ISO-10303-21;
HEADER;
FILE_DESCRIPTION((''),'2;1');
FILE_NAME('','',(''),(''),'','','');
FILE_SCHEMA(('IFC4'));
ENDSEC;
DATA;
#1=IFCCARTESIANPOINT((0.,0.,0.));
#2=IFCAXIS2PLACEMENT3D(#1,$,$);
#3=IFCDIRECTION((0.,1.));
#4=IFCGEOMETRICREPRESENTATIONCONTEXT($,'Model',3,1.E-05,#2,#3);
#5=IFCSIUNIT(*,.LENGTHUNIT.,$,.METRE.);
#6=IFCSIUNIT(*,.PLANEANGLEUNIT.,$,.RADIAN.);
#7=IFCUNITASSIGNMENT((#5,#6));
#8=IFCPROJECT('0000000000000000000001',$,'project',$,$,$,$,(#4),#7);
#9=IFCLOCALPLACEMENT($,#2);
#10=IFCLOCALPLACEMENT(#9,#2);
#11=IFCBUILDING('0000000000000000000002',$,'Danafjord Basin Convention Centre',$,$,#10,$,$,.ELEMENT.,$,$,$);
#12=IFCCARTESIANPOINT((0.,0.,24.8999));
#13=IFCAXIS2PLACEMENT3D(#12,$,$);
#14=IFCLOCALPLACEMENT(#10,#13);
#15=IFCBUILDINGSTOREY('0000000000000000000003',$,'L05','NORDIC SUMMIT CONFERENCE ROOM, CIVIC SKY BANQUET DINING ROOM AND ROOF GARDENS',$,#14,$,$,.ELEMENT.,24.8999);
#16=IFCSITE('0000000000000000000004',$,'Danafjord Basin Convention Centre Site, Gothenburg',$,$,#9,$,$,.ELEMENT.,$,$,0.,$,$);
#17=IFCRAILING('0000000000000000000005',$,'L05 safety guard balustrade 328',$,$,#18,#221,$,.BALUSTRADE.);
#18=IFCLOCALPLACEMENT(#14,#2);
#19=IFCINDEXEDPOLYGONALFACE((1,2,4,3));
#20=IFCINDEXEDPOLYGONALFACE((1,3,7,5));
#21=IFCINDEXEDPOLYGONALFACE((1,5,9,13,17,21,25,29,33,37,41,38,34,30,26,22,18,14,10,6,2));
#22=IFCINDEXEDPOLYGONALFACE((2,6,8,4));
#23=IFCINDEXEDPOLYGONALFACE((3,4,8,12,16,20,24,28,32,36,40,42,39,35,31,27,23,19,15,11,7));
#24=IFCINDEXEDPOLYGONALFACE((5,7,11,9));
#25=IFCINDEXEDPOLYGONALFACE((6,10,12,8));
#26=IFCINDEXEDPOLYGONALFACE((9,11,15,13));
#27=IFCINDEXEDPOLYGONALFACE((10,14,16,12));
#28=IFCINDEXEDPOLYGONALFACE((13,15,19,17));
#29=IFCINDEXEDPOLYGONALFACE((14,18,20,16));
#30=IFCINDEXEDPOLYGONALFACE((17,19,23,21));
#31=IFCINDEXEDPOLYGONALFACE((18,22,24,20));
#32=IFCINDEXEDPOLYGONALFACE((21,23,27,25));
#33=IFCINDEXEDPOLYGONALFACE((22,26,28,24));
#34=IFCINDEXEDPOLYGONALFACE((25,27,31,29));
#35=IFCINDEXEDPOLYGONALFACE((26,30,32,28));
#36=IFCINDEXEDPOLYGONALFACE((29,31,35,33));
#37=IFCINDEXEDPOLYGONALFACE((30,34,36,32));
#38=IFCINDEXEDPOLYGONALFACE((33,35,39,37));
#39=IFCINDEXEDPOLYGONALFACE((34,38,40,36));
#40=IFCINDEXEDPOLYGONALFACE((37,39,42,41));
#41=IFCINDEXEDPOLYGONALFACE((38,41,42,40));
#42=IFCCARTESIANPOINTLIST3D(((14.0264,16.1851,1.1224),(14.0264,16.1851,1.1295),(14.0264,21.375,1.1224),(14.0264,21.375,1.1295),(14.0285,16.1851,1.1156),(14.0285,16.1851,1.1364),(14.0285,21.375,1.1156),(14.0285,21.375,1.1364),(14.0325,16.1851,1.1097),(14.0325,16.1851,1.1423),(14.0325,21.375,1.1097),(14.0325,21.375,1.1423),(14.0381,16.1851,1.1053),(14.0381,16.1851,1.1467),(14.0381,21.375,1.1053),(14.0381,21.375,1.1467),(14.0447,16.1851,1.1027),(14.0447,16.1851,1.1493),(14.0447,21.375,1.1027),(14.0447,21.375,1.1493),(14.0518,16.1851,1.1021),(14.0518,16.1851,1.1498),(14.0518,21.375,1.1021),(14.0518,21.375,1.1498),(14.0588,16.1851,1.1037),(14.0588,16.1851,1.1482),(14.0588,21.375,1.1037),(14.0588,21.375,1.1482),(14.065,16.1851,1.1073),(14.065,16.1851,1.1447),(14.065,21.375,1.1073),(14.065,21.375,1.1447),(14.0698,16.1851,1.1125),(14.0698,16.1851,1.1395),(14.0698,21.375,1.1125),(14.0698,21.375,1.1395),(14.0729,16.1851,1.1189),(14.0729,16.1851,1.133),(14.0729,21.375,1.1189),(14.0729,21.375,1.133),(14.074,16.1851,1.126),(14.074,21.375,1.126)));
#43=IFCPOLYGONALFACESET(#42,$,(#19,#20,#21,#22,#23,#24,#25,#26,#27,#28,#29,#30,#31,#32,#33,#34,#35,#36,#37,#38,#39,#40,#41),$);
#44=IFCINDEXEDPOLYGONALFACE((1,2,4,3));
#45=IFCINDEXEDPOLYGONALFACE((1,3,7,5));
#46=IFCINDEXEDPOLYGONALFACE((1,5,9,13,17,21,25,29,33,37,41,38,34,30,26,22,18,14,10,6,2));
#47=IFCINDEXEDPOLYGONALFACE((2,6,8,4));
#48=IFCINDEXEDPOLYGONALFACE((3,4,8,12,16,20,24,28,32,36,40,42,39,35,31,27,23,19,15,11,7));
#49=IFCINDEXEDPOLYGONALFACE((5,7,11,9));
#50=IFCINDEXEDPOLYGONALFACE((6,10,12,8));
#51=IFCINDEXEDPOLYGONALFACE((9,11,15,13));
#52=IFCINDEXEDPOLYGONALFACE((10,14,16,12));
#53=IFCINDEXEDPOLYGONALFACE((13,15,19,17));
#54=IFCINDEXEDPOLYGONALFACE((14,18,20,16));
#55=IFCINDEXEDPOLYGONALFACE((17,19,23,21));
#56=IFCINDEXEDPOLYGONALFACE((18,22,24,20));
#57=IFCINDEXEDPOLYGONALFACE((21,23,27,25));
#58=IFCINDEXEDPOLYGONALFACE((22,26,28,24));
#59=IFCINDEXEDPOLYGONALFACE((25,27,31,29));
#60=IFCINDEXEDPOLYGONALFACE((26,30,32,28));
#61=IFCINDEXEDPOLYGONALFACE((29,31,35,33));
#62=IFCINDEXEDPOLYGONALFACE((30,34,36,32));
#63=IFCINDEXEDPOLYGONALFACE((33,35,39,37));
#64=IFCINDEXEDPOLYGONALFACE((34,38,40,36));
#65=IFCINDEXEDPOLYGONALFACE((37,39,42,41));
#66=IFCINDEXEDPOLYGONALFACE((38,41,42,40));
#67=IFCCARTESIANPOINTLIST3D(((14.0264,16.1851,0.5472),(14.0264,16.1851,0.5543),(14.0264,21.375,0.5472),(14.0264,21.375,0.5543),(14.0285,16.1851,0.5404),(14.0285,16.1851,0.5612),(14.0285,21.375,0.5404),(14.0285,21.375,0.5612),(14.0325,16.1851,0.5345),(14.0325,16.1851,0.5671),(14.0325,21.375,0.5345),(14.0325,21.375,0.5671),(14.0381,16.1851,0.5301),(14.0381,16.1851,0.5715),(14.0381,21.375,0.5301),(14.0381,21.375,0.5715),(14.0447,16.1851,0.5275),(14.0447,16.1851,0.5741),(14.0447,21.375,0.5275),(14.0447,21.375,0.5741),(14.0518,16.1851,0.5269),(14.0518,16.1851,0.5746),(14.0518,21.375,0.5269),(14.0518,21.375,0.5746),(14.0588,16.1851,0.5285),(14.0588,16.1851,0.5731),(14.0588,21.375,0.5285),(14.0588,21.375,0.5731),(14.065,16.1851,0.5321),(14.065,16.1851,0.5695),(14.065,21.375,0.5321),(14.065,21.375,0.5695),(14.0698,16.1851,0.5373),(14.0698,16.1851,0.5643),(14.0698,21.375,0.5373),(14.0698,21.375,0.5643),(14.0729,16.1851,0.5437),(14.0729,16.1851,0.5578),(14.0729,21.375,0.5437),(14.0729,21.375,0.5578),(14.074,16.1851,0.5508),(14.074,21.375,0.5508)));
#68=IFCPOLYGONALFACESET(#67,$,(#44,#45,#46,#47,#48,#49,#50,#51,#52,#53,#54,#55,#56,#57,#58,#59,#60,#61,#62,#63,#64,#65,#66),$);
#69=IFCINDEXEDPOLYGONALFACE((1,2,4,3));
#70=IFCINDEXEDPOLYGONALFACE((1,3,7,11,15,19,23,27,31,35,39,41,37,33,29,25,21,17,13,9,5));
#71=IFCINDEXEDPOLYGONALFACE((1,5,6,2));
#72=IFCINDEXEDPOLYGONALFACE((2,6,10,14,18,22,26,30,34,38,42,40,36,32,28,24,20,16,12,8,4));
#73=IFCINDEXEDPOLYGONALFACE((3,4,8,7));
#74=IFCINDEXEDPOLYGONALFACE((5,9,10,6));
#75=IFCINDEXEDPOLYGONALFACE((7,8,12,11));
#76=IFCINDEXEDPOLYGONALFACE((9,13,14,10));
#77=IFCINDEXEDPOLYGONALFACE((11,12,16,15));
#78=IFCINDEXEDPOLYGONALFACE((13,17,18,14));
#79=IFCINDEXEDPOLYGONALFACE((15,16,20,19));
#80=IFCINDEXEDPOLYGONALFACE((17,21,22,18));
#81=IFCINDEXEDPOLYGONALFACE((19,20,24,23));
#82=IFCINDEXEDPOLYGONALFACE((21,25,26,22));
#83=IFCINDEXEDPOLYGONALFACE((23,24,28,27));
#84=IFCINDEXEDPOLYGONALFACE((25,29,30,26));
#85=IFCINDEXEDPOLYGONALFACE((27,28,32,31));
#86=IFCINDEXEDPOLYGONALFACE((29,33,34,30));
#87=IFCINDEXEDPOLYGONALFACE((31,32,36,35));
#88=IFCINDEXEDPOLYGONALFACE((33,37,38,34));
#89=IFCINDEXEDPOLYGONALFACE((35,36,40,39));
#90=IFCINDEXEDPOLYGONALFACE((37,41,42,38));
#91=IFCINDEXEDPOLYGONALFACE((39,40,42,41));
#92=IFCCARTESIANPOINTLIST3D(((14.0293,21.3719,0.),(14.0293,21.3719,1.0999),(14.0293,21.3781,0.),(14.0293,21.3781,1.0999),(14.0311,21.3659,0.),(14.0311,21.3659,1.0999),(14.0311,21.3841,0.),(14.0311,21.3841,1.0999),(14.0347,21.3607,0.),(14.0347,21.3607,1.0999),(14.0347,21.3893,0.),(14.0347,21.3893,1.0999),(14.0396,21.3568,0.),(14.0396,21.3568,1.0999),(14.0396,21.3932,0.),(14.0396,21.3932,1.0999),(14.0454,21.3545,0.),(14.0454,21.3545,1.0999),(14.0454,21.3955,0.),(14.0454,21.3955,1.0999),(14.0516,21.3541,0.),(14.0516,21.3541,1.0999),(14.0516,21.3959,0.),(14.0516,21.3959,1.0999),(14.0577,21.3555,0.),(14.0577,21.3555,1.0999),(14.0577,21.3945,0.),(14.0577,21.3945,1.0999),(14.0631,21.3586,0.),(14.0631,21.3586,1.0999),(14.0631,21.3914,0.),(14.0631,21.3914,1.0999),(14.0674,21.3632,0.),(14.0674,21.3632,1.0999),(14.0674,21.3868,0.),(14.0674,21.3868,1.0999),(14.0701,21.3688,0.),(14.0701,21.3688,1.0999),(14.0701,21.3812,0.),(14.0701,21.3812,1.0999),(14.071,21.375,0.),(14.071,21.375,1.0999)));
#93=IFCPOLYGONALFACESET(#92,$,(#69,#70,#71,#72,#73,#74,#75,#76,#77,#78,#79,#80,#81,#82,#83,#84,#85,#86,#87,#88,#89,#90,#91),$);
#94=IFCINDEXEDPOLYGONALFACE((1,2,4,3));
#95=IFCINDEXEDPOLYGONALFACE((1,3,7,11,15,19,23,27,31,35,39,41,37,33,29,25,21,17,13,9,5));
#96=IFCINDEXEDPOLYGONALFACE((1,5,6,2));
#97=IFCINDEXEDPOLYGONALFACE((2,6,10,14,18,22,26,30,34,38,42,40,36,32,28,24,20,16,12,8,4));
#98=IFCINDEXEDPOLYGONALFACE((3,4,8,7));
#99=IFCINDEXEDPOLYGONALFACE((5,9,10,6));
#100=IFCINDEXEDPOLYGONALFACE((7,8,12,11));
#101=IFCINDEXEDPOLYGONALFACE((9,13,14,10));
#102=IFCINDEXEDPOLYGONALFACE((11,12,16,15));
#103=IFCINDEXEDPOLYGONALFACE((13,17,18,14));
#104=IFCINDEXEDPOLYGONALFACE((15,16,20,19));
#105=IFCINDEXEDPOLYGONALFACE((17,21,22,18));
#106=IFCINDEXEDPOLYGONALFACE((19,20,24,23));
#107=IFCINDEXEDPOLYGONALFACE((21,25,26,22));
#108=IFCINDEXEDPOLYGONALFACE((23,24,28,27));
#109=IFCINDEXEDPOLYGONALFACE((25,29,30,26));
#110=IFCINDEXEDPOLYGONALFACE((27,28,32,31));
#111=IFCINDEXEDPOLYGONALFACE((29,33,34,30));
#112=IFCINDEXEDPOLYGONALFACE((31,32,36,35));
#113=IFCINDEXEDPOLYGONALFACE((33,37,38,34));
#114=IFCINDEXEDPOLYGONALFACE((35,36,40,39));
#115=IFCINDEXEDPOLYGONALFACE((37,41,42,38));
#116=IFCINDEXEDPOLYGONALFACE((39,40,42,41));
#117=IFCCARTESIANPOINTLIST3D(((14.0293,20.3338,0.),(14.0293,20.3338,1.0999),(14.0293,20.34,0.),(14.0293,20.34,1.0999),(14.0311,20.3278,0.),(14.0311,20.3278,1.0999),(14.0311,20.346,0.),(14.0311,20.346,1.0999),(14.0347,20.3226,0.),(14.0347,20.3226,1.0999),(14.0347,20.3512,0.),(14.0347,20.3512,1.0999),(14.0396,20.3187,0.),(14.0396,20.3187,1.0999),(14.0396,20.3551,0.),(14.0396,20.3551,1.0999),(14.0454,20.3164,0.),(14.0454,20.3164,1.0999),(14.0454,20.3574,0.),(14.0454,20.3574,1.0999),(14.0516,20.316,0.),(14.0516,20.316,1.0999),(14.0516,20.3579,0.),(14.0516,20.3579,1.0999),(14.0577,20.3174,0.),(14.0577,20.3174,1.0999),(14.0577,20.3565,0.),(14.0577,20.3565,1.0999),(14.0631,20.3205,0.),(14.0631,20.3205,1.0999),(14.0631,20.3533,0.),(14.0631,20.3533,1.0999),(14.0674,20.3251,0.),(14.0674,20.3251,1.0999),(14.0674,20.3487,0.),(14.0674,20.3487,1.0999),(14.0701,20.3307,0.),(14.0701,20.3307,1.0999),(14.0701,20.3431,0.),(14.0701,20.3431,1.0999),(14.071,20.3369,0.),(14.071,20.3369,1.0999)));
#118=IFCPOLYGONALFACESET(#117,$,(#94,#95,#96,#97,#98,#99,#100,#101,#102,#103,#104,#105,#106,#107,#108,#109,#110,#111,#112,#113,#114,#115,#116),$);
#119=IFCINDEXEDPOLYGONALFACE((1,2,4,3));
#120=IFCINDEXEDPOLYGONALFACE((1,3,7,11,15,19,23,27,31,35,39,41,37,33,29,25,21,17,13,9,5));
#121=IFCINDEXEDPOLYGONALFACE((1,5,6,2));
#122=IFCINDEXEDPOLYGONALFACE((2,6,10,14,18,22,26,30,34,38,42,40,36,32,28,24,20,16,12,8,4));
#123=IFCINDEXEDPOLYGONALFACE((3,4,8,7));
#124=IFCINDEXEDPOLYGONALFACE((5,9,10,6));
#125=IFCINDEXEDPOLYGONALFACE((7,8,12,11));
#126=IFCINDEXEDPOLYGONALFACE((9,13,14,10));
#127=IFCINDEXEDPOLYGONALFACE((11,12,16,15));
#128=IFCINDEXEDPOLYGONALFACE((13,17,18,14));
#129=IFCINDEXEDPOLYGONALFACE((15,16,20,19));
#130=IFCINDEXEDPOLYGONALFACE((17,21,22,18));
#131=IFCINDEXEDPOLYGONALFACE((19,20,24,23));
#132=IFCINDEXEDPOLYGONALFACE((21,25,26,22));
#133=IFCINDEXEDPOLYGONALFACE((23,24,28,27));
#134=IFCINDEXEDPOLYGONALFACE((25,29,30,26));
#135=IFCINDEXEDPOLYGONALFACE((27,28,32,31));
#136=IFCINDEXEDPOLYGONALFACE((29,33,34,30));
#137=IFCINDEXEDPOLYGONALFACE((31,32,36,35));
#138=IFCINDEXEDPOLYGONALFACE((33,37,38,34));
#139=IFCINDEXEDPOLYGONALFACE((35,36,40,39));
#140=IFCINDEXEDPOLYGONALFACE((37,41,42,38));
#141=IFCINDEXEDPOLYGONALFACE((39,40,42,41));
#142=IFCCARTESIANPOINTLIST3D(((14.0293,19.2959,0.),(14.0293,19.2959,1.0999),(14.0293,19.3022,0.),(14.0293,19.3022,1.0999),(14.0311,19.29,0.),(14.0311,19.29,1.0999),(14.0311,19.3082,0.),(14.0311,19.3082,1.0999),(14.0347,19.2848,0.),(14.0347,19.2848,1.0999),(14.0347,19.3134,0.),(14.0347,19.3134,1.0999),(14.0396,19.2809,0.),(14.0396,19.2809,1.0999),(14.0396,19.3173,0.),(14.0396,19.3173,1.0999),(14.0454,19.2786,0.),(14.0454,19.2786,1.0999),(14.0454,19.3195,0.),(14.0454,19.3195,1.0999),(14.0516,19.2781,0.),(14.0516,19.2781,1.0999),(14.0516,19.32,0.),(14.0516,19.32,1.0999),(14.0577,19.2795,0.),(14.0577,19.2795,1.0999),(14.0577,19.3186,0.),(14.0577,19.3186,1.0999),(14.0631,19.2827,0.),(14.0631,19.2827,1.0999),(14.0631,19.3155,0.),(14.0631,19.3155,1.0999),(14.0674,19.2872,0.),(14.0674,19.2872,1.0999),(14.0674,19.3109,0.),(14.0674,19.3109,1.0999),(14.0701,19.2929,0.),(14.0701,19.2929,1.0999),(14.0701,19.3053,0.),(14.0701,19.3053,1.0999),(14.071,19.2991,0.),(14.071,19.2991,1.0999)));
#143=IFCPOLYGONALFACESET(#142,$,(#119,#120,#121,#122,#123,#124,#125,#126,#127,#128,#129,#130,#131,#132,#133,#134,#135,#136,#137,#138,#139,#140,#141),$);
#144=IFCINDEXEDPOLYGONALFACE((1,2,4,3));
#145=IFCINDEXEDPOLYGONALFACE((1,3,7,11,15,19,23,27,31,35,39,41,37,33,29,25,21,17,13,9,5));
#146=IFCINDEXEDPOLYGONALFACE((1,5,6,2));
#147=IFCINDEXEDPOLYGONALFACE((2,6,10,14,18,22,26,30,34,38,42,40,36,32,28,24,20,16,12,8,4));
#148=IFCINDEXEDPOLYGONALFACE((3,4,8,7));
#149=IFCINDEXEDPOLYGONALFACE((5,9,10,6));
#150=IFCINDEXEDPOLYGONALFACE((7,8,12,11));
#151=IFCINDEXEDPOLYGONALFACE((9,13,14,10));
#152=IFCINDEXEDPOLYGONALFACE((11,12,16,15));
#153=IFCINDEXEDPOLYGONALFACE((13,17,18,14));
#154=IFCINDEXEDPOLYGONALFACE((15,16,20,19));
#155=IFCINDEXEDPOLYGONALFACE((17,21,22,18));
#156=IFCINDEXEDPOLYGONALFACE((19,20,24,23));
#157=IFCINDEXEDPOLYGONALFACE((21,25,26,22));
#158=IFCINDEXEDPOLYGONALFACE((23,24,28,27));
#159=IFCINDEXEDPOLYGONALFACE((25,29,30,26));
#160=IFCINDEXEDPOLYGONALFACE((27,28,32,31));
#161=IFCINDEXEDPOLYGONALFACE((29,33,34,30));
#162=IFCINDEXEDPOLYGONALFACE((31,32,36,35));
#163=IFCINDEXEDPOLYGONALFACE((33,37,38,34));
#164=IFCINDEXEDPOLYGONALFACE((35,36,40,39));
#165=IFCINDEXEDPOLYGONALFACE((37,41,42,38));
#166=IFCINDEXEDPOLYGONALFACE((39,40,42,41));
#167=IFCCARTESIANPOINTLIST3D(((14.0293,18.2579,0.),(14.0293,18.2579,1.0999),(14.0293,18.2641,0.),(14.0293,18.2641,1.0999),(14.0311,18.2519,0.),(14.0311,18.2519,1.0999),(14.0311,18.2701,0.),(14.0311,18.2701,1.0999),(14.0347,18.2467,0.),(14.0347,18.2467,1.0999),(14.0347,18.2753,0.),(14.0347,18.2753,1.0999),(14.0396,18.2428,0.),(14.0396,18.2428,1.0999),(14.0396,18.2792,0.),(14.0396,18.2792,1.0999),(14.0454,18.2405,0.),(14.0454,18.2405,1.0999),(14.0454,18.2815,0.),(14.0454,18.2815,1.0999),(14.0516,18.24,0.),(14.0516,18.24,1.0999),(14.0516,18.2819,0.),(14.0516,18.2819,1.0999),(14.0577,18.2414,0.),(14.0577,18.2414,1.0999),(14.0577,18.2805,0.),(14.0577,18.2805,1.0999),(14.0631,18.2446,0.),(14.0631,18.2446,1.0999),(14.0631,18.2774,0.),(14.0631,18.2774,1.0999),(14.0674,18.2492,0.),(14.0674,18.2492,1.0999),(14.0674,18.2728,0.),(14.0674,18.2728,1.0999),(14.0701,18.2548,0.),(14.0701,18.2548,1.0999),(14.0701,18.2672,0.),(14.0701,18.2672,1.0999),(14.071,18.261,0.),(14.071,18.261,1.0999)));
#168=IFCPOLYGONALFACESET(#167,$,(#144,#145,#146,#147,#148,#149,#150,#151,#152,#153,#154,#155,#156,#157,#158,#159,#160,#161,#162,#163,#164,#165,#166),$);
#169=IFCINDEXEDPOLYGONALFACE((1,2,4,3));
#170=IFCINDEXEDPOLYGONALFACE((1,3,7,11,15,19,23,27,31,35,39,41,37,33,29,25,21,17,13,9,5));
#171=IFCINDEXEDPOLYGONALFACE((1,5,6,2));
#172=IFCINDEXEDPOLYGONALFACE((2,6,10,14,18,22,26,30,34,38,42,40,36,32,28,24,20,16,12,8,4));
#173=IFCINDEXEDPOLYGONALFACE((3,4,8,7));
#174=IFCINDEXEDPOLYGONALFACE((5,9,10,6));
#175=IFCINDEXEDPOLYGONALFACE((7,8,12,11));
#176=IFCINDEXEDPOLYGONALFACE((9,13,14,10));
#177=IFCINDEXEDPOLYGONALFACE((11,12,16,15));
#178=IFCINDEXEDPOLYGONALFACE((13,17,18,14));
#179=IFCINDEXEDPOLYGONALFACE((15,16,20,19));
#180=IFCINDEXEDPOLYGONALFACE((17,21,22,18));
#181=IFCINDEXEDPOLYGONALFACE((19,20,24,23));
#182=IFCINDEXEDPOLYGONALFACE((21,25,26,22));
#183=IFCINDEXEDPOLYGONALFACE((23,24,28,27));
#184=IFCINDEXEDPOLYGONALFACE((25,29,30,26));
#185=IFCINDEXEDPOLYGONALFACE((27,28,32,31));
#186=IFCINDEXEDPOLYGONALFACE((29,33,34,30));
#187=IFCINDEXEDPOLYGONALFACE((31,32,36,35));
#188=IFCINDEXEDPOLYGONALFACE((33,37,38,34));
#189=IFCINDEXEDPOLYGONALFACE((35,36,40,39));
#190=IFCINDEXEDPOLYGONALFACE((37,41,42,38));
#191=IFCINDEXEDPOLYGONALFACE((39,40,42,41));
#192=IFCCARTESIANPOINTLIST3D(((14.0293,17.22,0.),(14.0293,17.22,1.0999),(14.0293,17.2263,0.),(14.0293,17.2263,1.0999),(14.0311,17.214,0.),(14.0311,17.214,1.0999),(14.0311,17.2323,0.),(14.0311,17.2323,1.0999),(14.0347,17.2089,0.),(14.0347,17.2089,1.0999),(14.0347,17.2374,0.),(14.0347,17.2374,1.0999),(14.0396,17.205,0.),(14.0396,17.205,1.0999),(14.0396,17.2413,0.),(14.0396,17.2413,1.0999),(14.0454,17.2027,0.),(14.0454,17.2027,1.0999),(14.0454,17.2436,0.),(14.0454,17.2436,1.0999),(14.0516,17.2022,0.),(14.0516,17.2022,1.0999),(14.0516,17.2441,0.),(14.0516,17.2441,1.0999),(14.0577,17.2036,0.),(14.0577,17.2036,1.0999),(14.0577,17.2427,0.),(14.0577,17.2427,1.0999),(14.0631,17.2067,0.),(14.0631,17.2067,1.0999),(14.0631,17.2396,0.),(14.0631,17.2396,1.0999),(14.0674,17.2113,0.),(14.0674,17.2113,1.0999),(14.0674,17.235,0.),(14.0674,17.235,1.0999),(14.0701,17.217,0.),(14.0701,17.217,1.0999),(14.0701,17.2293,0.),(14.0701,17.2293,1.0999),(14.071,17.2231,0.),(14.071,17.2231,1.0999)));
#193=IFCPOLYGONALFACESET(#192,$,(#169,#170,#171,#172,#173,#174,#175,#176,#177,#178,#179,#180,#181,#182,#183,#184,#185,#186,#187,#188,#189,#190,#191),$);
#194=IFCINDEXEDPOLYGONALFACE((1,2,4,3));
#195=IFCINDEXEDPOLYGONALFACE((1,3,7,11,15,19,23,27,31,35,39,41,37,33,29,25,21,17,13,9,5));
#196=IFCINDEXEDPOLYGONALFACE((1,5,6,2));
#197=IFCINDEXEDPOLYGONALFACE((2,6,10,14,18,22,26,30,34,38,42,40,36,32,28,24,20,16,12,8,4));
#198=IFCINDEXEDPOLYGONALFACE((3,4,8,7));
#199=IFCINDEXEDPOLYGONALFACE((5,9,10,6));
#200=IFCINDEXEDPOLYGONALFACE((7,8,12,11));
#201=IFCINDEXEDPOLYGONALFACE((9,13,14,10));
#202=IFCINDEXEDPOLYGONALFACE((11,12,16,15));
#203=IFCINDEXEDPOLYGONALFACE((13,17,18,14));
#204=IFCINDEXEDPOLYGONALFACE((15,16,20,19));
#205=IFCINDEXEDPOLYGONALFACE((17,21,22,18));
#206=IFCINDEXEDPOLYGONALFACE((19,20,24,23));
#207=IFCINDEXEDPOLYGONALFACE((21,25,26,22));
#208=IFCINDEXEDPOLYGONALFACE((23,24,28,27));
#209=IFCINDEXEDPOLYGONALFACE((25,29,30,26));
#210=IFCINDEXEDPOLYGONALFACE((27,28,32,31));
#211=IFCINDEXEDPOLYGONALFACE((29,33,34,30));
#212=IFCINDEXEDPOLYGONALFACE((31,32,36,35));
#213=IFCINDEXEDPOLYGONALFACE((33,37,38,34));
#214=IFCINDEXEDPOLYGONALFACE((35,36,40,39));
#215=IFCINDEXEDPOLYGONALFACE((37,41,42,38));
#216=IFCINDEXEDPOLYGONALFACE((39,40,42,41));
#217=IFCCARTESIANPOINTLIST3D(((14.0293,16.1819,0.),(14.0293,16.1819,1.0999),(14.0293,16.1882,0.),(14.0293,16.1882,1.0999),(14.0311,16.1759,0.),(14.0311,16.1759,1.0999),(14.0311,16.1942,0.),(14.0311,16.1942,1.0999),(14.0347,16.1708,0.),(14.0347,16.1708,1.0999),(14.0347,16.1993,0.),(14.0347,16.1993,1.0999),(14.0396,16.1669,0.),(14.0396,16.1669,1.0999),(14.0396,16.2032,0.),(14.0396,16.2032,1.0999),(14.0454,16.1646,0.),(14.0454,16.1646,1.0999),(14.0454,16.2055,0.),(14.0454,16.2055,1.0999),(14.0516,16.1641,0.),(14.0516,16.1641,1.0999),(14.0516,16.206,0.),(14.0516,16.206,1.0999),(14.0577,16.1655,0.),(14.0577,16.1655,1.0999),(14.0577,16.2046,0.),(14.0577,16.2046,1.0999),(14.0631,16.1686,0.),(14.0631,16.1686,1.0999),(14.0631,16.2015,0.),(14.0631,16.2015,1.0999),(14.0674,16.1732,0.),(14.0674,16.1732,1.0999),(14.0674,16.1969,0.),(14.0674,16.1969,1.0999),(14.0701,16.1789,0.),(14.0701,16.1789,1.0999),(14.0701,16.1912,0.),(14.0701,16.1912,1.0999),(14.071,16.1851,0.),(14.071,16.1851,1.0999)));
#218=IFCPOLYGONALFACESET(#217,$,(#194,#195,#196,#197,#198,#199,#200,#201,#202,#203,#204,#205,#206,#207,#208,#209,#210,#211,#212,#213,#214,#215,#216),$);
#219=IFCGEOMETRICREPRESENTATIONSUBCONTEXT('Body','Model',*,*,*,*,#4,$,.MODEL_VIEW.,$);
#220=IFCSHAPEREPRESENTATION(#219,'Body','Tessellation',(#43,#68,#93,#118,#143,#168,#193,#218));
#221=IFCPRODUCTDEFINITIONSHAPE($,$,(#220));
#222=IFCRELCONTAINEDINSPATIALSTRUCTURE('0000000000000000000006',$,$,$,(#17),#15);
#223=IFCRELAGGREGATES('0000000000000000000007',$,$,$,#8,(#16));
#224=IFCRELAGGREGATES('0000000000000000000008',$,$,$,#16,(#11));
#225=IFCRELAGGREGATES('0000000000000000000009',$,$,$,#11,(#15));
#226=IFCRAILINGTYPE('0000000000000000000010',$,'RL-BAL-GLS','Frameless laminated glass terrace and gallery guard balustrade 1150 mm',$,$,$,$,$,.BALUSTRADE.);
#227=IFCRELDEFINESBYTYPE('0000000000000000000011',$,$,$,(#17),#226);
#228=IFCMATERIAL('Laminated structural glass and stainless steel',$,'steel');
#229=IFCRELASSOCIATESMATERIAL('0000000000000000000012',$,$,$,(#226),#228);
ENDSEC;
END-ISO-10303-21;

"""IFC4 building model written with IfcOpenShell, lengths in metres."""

from ifc_helpers import new_model, si_unit, direction, frame, origin, origin_2d, place, context, subcontext, project, spatial, circle, extrude, material, type_object, element, save


model = new_model("IFC4")

# Units and contexts
model_context = context("Model", 3, precision=1e-05, world=origin(), true_north=direction((0.0, 1.0)))
body_context = subcontext(model_context, "Body", "Model", "MODEL_VIEW")
ifc_project = project(units=[si_unit("LENGTHUNIT", "METRE"), si_unit("PLANEANGLEUNIT", "RADIAN")], contexts=[model_context])

# Site, building, storey
site_placement = place(None, origin())
site = spatial("IfcSite", under=ifc_project, at=site_placement, Name="Danafjord Basin Convention Centre Site, Gothenburg", CompositionType="ELEMENT", RefElevation=0.0)
building_placement = place(site_placement, origin())
building = spatial("IfcBuilding", under=site, at=building_placement, Name="Danafjord Basin Convention Centre", CompositionType="ELEMENT")
storey_placement = place(building_placement, frame((0.0, 0.0, 24.8999)))
storey = spatial("IfcBuildingStorey", under=building, at=storey_placement, Name="L05", Description="NORDIC SUMMIT CONFERENCE ROOM, CIVIC SKY BANQUET DINING ROOM AND ROOF GARDENS", CompositionType="ELEMENT", Elevation=24.8999)

# Railing
ifc_material_1 = material(Name="Laminated structural glass and stainless steel", Category="steel")
railing_type_1 = type_object("IfcRailingType", Name="RL-BAL-GLS", Description="Frameless laminated glass terrace and gallery guard balustrade 1150 mm", PredefinedType="BALUSTRADE", material=ifc_material_1)
railing_1_placement = place(storey_placement, frame((14.05, 21.375, 0.0)))
element("IfcRailing", 1, at=railing_1_placement, inside=storey, type_object=railing_type_1, Name="L05 safety guard balustrade 328", PredefinedType="BALUSTRADE", context=body_context, shape_type="SweptSolid", body=[
    extrude(circle(Radius=0.0239, at=origin_2d()), frame((0.0, 0.0, 1.126), z_axis=(0.0, -1.0, 0.0), x_axis=(1.0, 0.0, 0.0)), (0.0, 0.0, 1.0), 5.1899),
    extrude(circle(Radius=0.0239, at=origin_2d()), frame((0.0, 0.0, 0.5508), z_axis=(0.0, -1.0, 0.0), x_axis=(1.0, 0.0, 0.0)), (0.0, 0.0, 1.0), 5.1899),
    extrude(circle(Radius=0.021, at=origin_2d()), origin(), (0.0, 0.0, 1.0), 1.0999),
    extrude(circle(Radius=0.021, at=origin_2d()), frame((0.0, -1.0381, 0.0)), (0.0, 0.0, 1.0), 1.0999),
    extrude(circle(Radius=0.021, at=origin_2d()), frame((0.0, -2.0759, 0.0)), (0.0, 0.0, 1.0), 1.0999),
    extrude(circle(Radius=0.021, at=origin_2d()), frame((0.0, -3.114, 0.0)), (0.0, 0.0, 1.0), 1.0999),
    extrude(circle(Radius=0.021, at=origin_2d()), frame((0.0, -4.1519, 0.0)), (0.0, 0.0, 1.0), 1.0999),
    extrude(circle(Radius=0.021, at=origin_2d()), frame((0.0, -5.1899, 0.0)), (0.0, 0.0, 1.0), 1.0999),
])

save(model, "model.ifc")
